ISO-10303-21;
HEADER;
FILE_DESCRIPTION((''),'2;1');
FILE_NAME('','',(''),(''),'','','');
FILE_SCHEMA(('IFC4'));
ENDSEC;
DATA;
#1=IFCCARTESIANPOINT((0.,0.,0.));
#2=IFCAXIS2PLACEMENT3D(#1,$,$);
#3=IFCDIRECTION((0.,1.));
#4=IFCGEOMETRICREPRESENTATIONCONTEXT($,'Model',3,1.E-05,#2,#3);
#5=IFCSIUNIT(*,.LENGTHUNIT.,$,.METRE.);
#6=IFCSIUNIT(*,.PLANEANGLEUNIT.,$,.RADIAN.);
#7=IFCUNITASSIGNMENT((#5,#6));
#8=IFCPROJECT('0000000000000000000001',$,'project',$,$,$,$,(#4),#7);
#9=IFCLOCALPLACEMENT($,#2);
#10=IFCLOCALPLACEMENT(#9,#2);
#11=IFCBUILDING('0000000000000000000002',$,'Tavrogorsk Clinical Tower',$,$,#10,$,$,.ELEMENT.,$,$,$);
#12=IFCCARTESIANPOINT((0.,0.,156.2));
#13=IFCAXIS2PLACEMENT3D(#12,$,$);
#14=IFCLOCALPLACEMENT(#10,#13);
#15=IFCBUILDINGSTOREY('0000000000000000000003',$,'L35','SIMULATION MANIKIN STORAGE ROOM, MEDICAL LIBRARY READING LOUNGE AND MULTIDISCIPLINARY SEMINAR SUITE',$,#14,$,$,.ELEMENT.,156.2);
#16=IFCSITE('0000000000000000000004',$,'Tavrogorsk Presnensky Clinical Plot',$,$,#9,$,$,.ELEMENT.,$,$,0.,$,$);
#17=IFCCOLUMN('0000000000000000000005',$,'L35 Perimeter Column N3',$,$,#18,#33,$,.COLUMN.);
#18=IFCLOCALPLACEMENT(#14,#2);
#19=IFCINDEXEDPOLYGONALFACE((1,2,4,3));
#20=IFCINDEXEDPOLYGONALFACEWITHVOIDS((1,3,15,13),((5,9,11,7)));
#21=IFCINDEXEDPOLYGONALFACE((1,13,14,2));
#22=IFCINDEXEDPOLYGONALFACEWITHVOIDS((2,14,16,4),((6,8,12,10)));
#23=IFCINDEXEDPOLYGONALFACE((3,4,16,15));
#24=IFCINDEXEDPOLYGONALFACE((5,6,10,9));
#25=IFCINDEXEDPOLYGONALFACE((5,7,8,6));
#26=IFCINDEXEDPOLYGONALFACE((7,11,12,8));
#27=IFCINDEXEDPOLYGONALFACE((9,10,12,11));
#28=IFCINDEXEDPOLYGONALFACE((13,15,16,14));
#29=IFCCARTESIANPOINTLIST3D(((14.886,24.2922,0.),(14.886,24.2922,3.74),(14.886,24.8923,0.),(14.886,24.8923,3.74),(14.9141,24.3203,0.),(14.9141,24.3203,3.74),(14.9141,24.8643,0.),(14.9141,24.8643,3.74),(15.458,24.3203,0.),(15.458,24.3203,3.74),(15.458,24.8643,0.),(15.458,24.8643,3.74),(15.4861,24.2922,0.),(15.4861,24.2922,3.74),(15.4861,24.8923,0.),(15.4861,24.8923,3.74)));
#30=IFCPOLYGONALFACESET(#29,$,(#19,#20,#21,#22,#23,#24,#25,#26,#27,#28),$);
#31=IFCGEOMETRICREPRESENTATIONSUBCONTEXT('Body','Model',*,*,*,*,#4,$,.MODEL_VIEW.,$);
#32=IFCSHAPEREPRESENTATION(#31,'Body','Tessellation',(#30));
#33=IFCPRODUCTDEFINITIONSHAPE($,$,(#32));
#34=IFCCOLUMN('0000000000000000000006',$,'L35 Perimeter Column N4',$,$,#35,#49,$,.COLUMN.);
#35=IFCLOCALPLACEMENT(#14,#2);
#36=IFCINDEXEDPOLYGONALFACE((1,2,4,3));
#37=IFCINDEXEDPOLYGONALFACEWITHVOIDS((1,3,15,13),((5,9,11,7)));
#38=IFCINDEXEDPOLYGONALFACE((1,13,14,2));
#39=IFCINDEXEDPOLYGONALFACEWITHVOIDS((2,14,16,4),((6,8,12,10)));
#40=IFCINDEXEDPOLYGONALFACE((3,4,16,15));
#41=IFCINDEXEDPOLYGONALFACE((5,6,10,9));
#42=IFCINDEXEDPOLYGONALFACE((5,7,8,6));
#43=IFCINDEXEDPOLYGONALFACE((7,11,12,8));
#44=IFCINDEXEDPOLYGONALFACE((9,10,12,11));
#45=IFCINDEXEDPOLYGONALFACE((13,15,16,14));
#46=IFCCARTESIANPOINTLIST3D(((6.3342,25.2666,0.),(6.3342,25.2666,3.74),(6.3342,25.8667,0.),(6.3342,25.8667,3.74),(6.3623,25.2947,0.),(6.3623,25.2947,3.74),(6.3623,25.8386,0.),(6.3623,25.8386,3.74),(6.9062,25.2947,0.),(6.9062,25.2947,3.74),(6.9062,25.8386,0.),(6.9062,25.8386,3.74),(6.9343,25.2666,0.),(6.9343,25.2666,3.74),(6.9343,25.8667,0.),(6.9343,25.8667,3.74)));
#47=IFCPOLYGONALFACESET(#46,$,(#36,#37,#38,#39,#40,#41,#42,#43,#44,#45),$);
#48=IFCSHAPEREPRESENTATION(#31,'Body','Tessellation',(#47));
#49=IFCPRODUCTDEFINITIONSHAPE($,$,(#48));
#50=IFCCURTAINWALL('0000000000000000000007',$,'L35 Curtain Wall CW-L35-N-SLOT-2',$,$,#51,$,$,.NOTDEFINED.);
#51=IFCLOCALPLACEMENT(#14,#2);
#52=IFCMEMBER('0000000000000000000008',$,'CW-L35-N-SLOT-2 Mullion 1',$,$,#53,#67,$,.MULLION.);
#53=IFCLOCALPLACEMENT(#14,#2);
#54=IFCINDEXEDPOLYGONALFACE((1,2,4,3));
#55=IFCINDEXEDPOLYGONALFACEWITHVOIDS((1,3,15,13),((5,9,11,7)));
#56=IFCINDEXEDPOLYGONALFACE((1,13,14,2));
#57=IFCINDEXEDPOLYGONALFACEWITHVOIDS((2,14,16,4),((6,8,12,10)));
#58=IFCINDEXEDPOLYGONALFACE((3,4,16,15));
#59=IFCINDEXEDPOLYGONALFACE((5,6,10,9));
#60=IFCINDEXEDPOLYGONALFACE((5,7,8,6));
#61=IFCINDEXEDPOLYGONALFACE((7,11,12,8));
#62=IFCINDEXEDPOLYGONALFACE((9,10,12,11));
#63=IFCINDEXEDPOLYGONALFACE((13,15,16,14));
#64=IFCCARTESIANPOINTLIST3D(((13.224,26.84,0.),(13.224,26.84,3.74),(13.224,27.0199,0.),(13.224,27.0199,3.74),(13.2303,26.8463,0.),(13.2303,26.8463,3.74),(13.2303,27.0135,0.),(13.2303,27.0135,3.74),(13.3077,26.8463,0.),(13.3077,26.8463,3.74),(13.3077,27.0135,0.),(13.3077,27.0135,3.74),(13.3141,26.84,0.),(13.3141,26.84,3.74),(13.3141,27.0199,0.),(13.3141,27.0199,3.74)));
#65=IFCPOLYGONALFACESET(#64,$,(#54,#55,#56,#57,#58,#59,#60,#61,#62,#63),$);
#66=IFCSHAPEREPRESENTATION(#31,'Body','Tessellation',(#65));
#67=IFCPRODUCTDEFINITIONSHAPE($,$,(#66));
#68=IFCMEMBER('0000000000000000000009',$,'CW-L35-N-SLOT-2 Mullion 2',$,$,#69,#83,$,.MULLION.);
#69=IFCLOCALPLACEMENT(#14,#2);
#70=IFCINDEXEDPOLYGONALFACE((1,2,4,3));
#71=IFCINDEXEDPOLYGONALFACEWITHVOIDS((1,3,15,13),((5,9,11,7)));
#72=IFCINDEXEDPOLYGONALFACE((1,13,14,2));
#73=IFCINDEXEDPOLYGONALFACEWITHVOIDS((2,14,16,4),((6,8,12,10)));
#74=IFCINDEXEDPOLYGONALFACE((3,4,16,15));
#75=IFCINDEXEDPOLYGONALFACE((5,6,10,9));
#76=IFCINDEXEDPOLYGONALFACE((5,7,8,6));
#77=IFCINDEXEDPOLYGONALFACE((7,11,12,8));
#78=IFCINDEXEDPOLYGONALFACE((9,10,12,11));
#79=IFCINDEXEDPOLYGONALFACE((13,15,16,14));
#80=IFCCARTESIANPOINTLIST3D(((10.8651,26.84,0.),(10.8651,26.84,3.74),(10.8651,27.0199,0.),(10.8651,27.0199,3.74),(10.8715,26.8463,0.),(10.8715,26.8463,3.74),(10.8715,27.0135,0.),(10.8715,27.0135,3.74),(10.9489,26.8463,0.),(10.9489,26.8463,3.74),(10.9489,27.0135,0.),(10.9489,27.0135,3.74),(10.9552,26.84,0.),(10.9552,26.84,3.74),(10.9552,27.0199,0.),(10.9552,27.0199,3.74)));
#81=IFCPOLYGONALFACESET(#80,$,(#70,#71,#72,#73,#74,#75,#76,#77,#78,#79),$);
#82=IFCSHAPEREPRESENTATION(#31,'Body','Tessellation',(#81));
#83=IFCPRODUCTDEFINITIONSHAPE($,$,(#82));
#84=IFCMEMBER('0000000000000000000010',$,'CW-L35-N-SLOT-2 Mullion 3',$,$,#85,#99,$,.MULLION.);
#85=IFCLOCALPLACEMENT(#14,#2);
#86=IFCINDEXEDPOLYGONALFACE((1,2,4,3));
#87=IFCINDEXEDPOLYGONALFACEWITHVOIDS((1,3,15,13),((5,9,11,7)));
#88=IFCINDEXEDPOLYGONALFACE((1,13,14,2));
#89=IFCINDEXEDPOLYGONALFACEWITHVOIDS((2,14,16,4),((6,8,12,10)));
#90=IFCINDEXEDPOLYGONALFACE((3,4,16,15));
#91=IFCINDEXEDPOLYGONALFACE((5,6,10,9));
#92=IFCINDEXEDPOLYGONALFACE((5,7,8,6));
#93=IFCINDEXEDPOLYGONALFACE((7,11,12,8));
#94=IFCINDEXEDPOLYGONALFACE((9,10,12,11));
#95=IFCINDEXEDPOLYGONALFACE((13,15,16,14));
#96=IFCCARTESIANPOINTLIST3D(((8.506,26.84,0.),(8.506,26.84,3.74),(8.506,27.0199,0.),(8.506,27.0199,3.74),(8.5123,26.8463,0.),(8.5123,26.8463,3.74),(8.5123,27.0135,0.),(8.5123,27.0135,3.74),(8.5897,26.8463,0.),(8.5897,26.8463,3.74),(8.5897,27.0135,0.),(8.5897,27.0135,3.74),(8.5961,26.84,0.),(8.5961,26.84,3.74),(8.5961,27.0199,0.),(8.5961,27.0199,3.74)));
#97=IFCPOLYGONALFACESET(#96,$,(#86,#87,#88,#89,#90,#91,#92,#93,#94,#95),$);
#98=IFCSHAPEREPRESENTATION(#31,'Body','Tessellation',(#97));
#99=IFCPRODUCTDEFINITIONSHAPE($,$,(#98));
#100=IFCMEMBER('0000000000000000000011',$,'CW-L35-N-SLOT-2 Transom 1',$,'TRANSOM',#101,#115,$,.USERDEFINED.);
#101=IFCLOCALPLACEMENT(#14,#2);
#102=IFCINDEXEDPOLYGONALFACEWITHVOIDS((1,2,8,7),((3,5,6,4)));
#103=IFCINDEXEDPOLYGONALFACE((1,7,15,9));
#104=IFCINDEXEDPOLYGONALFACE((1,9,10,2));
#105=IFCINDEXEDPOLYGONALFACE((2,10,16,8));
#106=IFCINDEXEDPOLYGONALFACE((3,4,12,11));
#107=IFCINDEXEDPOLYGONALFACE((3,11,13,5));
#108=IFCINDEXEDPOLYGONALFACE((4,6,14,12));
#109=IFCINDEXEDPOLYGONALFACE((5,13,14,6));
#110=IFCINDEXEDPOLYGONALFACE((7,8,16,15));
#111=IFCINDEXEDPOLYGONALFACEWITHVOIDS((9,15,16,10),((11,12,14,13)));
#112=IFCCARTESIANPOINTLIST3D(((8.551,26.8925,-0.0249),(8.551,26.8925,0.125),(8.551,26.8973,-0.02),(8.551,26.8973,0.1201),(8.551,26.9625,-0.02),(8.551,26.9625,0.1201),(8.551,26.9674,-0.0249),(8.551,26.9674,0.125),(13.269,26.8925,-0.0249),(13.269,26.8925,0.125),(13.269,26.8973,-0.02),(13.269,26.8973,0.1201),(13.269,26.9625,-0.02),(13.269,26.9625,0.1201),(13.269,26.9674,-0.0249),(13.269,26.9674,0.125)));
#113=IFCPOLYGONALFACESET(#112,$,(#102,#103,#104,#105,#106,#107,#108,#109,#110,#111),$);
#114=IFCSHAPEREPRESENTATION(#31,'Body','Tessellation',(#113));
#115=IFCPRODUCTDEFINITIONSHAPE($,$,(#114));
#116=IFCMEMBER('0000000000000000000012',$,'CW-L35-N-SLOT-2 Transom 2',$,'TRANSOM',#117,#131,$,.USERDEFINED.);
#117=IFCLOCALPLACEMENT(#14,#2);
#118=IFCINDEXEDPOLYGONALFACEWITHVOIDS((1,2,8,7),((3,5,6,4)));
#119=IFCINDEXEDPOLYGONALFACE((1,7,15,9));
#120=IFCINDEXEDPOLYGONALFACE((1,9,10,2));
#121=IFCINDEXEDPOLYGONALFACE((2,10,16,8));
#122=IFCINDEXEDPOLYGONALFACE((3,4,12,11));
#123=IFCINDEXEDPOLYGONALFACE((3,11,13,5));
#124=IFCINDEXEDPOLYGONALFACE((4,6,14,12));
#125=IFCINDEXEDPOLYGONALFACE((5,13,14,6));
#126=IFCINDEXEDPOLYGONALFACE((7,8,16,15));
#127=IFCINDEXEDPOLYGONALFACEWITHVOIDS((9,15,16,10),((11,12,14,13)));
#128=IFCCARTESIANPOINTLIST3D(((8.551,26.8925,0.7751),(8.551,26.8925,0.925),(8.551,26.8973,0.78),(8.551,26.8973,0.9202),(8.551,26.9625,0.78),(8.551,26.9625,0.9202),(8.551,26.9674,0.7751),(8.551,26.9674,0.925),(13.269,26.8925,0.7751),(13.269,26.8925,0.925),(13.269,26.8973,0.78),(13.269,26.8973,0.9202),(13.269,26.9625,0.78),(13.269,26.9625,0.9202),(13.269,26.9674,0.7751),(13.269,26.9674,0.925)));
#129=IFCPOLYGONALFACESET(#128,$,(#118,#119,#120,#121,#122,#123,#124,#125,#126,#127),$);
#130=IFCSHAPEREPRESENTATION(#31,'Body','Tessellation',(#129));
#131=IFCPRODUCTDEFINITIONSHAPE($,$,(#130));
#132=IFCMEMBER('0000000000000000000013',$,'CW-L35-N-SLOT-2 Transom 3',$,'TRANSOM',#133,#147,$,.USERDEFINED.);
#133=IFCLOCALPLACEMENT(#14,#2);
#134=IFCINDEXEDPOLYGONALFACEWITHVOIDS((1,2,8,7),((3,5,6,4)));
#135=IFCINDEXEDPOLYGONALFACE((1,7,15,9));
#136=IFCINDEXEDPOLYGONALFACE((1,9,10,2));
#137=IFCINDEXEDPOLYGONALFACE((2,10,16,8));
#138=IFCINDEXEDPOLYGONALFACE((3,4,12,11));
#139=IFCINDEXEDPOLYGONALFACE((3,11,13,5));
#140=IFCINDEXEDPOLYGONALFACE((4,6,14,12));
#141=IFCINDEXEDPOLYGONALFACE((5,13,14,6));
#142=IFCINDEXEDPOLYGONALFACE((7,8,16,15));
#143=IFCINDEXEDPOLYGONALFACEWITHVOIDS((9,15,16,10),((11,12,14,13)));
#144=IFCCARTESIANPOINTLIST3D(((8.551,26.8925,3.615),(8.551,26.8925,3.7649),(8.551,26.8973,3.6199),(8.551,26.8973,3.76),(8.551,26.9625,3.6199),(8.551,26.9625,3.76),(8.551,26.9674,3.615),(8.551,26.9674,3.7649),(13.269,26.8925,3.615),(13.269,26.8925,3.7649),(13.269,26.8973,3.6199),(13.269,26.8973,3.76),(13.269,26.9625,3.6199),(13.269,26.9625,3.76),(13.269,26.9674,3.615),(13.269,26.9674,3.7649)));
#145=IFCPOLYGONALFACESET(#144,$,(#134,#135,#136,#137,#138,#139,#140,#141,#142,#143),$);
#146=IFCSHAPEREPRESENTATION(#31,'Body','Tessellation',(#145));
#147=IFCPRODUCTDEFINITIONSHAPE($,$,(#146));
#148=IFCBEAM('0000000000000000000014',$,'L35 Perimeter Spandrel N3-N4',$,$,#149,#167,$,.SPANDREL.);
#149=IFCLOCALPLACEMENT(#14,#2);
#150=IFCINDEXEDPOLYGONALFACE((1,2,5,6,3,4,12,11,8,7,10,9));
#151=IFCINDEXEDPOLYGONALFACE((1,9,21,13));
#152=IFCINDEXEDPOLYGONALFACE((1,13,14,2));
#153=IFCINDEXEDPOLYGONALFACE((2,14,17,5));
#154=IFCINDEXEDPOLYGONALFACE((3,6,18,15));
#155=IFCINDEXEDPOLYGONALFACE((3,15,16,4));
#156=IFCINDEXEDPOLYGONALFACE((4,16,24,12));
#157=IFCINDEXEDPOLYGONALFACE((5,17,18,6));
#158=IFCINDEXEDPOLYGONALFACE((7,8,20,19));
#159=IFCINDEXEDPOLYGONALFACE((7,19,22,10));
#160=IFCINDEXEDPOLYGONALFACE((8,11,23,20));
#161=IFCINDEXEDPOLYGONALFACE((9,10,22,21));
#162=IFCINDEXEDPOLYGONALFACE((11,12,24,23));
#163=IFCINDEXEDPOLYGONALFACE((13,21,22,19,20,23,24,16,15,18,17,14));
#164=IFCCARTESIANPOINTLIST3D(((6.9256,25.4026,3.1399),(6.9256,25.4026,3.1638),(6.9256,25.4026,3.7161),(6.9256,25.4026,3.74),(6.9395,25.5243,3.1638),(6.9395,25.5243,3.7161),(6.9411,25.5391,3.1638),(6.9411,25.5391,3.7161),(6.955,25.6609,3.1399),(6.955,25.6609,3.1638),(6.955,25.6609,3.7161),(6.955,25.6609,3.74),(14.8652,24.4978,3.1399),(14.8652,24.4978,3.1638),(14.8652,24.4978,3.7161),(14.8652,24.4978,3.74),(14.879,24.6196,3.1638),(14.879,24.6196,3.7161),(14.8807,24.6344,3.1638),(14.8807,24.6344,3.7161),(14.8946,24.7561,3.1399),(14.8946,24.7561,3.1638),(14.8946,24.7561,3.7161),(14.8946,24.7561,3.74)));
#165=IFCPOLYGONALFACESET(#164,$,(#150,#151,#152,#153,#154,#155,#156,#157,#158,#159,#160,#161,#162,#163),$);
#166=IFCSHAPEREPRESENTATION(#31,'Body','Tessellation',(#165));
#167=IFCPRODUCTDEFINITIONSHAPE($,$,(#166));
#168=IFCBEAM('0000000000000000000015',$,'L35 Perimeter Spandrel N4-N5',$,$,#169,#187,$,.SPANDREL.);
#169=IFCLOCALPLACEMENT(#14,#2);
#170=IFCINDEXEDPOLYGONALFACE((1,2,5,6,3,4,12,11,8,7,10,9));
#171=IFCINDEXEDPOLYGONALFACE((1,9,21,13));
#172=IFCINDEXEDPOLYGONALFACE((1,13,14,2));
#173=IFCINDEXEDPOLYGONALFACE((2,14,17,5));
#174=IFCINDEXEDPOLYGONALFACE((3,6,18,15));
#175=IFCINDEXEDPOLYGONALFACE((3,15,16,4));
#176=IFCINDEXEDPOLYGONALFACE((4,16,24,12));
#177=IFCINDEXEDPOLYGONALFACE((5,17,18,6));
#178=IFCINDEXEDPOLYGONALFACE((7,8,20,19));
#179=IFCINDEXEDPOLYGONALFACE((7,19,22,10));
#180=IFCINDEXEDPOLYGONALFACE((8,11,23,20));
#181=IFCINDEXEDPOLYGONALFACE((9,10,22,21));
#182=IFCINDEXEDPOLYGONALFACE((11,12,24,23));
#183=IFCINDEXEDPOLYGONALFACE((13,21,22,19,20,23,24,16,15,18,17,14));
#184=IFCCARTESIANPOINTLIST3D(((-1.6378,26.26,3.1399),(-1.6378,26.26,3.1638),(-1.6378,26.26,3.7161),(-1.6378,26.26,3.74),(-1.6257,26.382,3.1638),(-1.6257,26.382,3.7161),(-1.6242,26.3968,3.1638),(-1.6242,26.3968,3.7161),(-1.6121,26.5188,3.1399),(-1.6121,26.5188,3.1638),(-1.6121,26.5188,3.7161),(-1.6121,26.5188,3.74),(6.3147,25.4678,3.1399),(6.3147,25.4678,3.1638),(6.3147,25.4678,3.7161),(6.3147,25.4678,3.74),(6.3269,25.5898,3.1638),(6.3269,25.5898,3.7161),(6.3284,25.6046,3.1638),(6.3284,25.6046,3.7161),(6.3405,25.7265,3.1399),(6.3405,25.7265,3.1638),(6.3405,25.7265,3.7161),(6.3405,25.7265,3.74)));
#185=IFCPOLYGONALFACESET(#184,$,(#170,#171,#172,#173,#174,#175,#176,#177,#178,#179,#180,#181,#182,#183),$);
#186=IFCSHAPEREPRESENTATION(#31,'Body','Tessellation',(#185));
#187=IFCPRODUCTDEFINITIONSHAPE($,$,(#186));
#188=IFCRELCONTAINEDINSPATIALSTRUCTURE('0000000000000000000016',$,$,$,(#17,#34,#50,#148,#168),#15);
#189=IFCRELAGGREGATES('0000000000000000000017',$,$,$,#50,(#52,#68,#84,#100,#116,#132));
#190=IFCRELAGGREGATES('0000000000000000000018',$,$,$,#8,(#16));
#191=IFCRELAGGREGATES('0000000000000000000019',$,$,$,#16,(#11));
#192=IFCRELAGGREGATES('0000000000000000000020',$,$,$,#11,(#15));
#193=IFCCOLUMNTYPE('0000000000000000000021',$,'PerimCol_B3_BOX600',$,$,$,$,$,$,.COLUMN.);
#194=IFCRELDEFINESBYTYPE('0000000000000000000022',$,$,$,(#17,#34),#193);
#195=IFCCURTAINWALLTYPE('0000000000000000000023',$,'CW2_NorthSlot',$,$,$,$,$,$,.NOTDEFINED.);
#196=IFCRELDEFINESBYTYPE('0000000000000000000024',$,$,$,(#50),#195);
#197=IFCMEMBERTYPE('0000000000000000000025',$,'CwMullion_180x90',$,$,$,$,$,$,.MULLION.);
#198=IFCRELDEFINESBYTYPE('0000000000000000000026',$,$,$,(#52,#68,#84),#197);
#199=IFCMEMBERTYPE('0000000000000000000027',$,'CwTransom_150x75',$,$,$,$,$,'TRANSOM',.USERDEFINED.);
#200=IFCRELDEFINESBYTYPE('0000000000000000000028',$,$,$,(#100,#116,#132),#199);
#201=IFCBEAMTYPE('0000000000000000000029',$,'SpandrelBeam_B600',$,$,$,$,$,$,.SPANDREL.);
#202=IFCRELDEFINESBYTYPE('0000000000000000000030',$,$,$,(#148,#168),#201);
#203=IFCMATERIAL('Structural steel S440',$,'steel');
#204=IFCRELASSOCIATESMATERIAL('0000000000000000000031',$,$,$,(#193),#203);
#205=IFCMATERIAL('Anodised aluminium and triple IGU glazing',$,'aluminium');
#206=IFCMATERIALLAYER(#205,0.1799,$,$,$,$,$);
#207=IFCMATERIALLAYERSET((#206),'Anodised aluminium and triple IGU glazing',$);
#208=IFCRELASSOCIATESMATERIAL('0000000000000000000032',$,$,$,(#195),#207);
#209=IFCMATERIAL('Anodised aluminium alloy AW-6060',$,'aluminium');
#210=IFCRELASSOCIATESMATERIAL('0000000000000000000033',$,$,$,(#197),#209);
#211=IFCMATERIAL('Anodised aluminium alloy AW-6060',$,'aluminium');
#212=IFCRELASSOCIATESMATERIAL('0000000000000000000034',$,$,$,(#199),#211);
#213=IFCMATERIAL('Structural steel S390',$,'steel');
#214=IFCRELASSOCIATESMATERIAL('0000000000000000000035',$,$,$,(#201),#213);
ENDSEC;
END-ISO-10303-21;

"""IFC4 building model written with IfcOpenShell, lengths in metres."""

from ifc_helpers import new_model, si_unit, direction, frame, origin, origin_2d, place, context, subcontext, project, spatial, hollow_rectangle, i_section, extrude, material, layer, layer_set, material_profile, profile_set, type_object, element, aggregate, save


model = new_model("IFC4")

# Units and contexts
model_context = context("Model", 3, precision=1e-05, world=origin(), true_north=direction((0.0, 1.0)))
body_context = subcontext(model_context, "Body", "Model", "MODEL_VIEW")
ifc_project = project(units=[si_unit("LENGTHUNIT", "METRE"), si_unit("PLANEANGLEUNIT", "RADIAN")], contexts=[model_context])

# Site, building, storey
site_placement = place(None, origin())
site = spatial("IfcSite", under=ifc_project, at=site_placement, Name="Tavrogorsk Presnensky Clinical Plot", CompositionType="ELEMENT", RefElevation=0.0)
building_placement = place(site_placement, origin())
building = spatial("IfcBuilding", under=site, at=building_placement, Name="Tavrogorsk Clinical Tower", CompositionType="ELEMENT")
storey_placement = place(building_placement, frame((0.0, 0.0, 156.2)))
storey = spatial("IfcBuildingStorey", under=building, at=storey_placement, Name="L35", Description="SIMULATION MANIKIN STORAGE ROOM, MEDICAL LIBRARY READING LOUNGE AND MULTIDISCIPLINARY SEMINAR SUITE", CompositionType="ELEMENT", Elevation=156.2)

# Columns
ifc_material_1 = material(Name="Structural steel S440", Category="steel")
ifc_material_profile_1 = material_profile(ifc_material_1, hollow_rectangle(XDim=0.6001, YDim=0.6001, WallThickness=0.0281, at=origin_2d()), Name="BOX-600x600x28")
ifc_profile_set_1 = profile_set([ifc_material_profile_1], Name="Structural steel S440")
column_type = type_object("IfcColumnType", Name="PerimCol_B3_BOX600", PredefinedType="COLUMN", material=ifc_profile_set_1)
for number, where, z_axis, x_axis, name in (
    (1, (15.186, 24.5923, 0.0), (0.0, 0.0, 1.0), (1.0, 0.0, 0.0), "L35 Perimeter Column N3"),
    (2, (6.6343, 25.5667, 0.0), (0.0, 0.0, 1.0), (1.0, 0.0, 0.0), "L35 Perimeter Column N4"),
):
    element("IfcColumn", number, at=place(storey_placement, frame(where, z_axis=z_axis, x_axis=x_axis)), inside=storey, type_object=column_type, Name=name, PredefinedType="COLUMN", context=body_context, shape_type="SweptSolid", body=[
        extrude(hollow_rectangle(XDim=0.6001, YDim=0.6001, WallThickness=0.0281, at=origin_2d()), origin(), (0.0, 0.0, 1.0), 3.74),
    ])

# Curtain wall, members
ifc_material_2 = material(Name="Anodised aluminium and triple IGU glazing", Category="aluminium")
ifc_layer_1 = layer(ifc_material_2, 0.1799)
ifc_layer_set_1 = layer_set([ifc_layer_1], Name="Anodised aluminium and triple IGU glazing")
curtain_wall_type = type_object("IfcCurtainWallType", Name="CW2_NorthSlot", PredefinedType="NOTDEFINED", material=ifc_layer_set_1)
curtain_wall_placement = place(storey_placement, origin())
curtain_wall = element("IfcCurtainWall", 3, at=curtain_wall_placement, inside=storey, type_object=curtain_wall_type, Name="L35 Curtain Wall CW-L35-N-SLOT-2", PredefinedType="NOTDEFINED")
ifc_material_3 = material(Name="Anodised aluminium alloy AW-6060", Category="aluminium")
ifc_material_profile_2 = material_profile(ifc_material_3, hollow_rectangle(XDim=0.0901, YDim=0.1799, WallThickness=0.0063, at=origin_2d()), Name="RHS-180x90x6.3")
ifc_profile_set_2 = profile_set([ifc_material_profile_2], Name="Anodised aluminium alloy AW-6060")
member_type_1 = type_object("IfcMemberType", Name="CwMullion_180x90", PredefinedType="MULLION", material=ifc_profile_set_2)
member_1_placement = place(storey_placement, frame((13.269, 26.9299, 0.0), z_axis=(0.0, 0.0, 1.0), x_axis=(-1.0, 0.0, 0.0)))
member_1 = element("IfcMember", 4, at=member_1_placement, type_object=member_type_1, Name="CW-L35-N-SLOT-2 Mullion 1", PredefinedType="MULLION", context=body_context, shape_type="SweptSolid", body=[
    extrude(hollow_rectangle(XDim=0.0901, YDim=0.1799, WallThickness=0.0063, at=origin_2d()), origin(), (0.0, 0.0, 1.0), 3.74),
])
member_2_placement = place(storey_placement, frame((10.9102, 26.9299, 0.0), z_axis=(0.0, 0.0, 1.0), x_axis=(-1.0, 0.0, 0.0)))
member_2 = element("IfcMember", 5, at=member_2_placement, type_object=member_type_1, Name="CW-L35-N-SLOT-2 Mullion 2", PredefinedType="MULLION", context=body_context, shape_type="SweptSolid", body=[
    extrude(hollow_rectangle(XDim=0.0901, YDim=0.1799, WallThickness=0.0063, at=origin_2d()), origin(), (0.0, 0.0, 1.0), 3.74),
])
member_3_placement = place(storey_placement, frame((8.551, 26.9299, 0.0), z_axis=(0.0, 0.0, 1.0), x_axis=(-1.0, 0.0, 0.0)))
member_3 = element("IfcMember", 6, at=member_3_placement, type_object=member_type_1, Name="CW-L35-N-SLOT-2 Mullion 3", PredefinedType="MULLION", context=body_context, shape_type="SweptSolid", body=[
    extrude(hollow_rectangle(XDim=0.0901, YDim=0.1799, WallThickness=0.0063, at=origin_2d()), origin(), (0.0, 0.0, 1.0), 3.74),
])
ifc_material_4 = material(Name="Anodised aluminium alloy AW-6060", Category="aluminium")
ifc_material_profile_3 = material_profile(ifc_material_4, hollow_rectangle(XDim=0.075, YDim=0.1499, WallThickness=0.0049, at=origin_2d()), Name="RHS-150x75x5")
ifc_profile_set_3 = profile_set([ifc_material_profile_3], Name="Anodised aluminium alloy AW-6060")
member_type_2 = type_object("IfcMemberType", Name="CwTransom_150x75", ElementType="TRANSOM", PredefinedType="USERDEFINED", material=ifc_profile_set_3)
member_4_placement = place(storey_placement, frame((13.269, 26.9299, 0.05), z_axis=(-1.0, 0.0, 0.0), x_axis=(0.0, -1.0, 0.0)))
member_4 = element("IfcMember", 7, at=member_4_placement, type_object=member_type_2, Name="CW-L35-N-SLOT-2 Transom 1", ObjectType="TRANSOM", PredefinedType="USERDEFINED", context=body_context, shape_type="SweptSolid", body=[
    extrude(hollow_rectangle(XDim=0.075, YDim=0.1499, WallThickness=0.0049, at=origin_2d()), origin(), (0.0, 0.0, 1.0), 4.718),
])
member_5_placement = place(storey_placement, frame((13.269, 26.9299, 0.8501), z_axis=(-1.0, 0.0, 0.0), x_axis=(0.0, -1.0, 0.0)))
member_5 = element("IfcMember", 8, at=member_5_placement, type_object=member_type_2, Name="CW-L35-N-SLOT-2 Transom 2", ObjectType="TRANSOM", PredefinedType="USERDEFINED", context=body_context, shape_type="SweptSolid", body=[
    extrude(hollow_rectangle(XDim=0.075, YDim=0.1499, WallThickness=0.0049, at=origin_2d()), origin(), (0.0, 0.0, 1.0), 4.718),
])
member_6_placement = place(storey_placement, frame((13.269, 26.9299, 3.6899), z_axis=(-1.0, 0.0, 0.0), x_axis=(0.0, -1.0, 0.0)))
member_6 = element("IfcMember", 9, at=member_6_placement, type_object=member_type_2, Name="CW-L35-N-SLOT-2 Transom 3", ObjectType="TRANSOM", PredefinedType="USERDEFINED", context=body_context, shape_type="SweptSolid", body=[
    extrude(hollow_rectangle(XDim=0.075, YDim=0.1499, WallThickness=0.0049, at=origin_2d()), origin(), (0.0, 0.0, 1.0), 4.718),
])

# Beams
ifc_material_5 = material(Name="Structural steel S390", Category="steel")
ifc_material_profile_4 = material_profile(ifc_material_5, i_section(OverallWidth=0.26, OverallDepth=0.6001, WebThickness=0.0149, FlangeThickness=0.0239, at=origin_2d()), Name="B-600x260x15x24")
ifc_profile_set_4 = profile_set([ifc_material_profile_4], Name="Structural steel S390")
beam_type = type_object("IfcBeamType", Name="SpandrelBeam_B600", PredefinedType="SPANDREL", material=ifc_profile_set_4)
beam_1_placement = place(storey_placement, frame((14.8799, 24.627, 3.4399), z_axis=(-0.993569, 0.113224, 0.0), x_axis=(-0.113224, -0.993569, 0.0)))
element("IfcBeam", 10, at=beam_1_placement, inside=storey, type_object=beam_type, Name="L35 Perimeter Spandrel N3-N4", PredefinedType="SPANDREL", context=body_context, shape_type="SweptSolid", body=[
    extrude(i_section(OverallWidth=0.26, OverallDepth=0.6001, WebThickness=0.0149, FlangeThickness=0.0239, at=origin_2d()), origin(), (0.0, 0.0, 1.0), 7.991),
])
beam_2_placement = place(storey_placement, frame((6.3276, 25.5972, 3.4399), z_axis=(-0.995075, 0.099129, 0.0), x_axis=(-0.099129, -0.995075, 0.0)))
element("IfcBeam", 11, at=beam_2_placement, inside=storey, type_object=beam_type, Name="L35 Perimeter Spandrel N4-N5", PredefinedType="SPANDREL", context=body_context, shape_type="SweptSolid", body=[
    extrude(i_section(OverallWidth=0.26, OverallDepth=0.6001, WebThickness=0.0149, FlangeThickness=0.0239, at=origin_2d()), origin(), (0.0, 0.0, 1.0), 7.9919),
])

aggregate(curtain_wall, [member_1, member_2, member_3, member_4, member_5, member_6])

save(model, "model.ifc")
